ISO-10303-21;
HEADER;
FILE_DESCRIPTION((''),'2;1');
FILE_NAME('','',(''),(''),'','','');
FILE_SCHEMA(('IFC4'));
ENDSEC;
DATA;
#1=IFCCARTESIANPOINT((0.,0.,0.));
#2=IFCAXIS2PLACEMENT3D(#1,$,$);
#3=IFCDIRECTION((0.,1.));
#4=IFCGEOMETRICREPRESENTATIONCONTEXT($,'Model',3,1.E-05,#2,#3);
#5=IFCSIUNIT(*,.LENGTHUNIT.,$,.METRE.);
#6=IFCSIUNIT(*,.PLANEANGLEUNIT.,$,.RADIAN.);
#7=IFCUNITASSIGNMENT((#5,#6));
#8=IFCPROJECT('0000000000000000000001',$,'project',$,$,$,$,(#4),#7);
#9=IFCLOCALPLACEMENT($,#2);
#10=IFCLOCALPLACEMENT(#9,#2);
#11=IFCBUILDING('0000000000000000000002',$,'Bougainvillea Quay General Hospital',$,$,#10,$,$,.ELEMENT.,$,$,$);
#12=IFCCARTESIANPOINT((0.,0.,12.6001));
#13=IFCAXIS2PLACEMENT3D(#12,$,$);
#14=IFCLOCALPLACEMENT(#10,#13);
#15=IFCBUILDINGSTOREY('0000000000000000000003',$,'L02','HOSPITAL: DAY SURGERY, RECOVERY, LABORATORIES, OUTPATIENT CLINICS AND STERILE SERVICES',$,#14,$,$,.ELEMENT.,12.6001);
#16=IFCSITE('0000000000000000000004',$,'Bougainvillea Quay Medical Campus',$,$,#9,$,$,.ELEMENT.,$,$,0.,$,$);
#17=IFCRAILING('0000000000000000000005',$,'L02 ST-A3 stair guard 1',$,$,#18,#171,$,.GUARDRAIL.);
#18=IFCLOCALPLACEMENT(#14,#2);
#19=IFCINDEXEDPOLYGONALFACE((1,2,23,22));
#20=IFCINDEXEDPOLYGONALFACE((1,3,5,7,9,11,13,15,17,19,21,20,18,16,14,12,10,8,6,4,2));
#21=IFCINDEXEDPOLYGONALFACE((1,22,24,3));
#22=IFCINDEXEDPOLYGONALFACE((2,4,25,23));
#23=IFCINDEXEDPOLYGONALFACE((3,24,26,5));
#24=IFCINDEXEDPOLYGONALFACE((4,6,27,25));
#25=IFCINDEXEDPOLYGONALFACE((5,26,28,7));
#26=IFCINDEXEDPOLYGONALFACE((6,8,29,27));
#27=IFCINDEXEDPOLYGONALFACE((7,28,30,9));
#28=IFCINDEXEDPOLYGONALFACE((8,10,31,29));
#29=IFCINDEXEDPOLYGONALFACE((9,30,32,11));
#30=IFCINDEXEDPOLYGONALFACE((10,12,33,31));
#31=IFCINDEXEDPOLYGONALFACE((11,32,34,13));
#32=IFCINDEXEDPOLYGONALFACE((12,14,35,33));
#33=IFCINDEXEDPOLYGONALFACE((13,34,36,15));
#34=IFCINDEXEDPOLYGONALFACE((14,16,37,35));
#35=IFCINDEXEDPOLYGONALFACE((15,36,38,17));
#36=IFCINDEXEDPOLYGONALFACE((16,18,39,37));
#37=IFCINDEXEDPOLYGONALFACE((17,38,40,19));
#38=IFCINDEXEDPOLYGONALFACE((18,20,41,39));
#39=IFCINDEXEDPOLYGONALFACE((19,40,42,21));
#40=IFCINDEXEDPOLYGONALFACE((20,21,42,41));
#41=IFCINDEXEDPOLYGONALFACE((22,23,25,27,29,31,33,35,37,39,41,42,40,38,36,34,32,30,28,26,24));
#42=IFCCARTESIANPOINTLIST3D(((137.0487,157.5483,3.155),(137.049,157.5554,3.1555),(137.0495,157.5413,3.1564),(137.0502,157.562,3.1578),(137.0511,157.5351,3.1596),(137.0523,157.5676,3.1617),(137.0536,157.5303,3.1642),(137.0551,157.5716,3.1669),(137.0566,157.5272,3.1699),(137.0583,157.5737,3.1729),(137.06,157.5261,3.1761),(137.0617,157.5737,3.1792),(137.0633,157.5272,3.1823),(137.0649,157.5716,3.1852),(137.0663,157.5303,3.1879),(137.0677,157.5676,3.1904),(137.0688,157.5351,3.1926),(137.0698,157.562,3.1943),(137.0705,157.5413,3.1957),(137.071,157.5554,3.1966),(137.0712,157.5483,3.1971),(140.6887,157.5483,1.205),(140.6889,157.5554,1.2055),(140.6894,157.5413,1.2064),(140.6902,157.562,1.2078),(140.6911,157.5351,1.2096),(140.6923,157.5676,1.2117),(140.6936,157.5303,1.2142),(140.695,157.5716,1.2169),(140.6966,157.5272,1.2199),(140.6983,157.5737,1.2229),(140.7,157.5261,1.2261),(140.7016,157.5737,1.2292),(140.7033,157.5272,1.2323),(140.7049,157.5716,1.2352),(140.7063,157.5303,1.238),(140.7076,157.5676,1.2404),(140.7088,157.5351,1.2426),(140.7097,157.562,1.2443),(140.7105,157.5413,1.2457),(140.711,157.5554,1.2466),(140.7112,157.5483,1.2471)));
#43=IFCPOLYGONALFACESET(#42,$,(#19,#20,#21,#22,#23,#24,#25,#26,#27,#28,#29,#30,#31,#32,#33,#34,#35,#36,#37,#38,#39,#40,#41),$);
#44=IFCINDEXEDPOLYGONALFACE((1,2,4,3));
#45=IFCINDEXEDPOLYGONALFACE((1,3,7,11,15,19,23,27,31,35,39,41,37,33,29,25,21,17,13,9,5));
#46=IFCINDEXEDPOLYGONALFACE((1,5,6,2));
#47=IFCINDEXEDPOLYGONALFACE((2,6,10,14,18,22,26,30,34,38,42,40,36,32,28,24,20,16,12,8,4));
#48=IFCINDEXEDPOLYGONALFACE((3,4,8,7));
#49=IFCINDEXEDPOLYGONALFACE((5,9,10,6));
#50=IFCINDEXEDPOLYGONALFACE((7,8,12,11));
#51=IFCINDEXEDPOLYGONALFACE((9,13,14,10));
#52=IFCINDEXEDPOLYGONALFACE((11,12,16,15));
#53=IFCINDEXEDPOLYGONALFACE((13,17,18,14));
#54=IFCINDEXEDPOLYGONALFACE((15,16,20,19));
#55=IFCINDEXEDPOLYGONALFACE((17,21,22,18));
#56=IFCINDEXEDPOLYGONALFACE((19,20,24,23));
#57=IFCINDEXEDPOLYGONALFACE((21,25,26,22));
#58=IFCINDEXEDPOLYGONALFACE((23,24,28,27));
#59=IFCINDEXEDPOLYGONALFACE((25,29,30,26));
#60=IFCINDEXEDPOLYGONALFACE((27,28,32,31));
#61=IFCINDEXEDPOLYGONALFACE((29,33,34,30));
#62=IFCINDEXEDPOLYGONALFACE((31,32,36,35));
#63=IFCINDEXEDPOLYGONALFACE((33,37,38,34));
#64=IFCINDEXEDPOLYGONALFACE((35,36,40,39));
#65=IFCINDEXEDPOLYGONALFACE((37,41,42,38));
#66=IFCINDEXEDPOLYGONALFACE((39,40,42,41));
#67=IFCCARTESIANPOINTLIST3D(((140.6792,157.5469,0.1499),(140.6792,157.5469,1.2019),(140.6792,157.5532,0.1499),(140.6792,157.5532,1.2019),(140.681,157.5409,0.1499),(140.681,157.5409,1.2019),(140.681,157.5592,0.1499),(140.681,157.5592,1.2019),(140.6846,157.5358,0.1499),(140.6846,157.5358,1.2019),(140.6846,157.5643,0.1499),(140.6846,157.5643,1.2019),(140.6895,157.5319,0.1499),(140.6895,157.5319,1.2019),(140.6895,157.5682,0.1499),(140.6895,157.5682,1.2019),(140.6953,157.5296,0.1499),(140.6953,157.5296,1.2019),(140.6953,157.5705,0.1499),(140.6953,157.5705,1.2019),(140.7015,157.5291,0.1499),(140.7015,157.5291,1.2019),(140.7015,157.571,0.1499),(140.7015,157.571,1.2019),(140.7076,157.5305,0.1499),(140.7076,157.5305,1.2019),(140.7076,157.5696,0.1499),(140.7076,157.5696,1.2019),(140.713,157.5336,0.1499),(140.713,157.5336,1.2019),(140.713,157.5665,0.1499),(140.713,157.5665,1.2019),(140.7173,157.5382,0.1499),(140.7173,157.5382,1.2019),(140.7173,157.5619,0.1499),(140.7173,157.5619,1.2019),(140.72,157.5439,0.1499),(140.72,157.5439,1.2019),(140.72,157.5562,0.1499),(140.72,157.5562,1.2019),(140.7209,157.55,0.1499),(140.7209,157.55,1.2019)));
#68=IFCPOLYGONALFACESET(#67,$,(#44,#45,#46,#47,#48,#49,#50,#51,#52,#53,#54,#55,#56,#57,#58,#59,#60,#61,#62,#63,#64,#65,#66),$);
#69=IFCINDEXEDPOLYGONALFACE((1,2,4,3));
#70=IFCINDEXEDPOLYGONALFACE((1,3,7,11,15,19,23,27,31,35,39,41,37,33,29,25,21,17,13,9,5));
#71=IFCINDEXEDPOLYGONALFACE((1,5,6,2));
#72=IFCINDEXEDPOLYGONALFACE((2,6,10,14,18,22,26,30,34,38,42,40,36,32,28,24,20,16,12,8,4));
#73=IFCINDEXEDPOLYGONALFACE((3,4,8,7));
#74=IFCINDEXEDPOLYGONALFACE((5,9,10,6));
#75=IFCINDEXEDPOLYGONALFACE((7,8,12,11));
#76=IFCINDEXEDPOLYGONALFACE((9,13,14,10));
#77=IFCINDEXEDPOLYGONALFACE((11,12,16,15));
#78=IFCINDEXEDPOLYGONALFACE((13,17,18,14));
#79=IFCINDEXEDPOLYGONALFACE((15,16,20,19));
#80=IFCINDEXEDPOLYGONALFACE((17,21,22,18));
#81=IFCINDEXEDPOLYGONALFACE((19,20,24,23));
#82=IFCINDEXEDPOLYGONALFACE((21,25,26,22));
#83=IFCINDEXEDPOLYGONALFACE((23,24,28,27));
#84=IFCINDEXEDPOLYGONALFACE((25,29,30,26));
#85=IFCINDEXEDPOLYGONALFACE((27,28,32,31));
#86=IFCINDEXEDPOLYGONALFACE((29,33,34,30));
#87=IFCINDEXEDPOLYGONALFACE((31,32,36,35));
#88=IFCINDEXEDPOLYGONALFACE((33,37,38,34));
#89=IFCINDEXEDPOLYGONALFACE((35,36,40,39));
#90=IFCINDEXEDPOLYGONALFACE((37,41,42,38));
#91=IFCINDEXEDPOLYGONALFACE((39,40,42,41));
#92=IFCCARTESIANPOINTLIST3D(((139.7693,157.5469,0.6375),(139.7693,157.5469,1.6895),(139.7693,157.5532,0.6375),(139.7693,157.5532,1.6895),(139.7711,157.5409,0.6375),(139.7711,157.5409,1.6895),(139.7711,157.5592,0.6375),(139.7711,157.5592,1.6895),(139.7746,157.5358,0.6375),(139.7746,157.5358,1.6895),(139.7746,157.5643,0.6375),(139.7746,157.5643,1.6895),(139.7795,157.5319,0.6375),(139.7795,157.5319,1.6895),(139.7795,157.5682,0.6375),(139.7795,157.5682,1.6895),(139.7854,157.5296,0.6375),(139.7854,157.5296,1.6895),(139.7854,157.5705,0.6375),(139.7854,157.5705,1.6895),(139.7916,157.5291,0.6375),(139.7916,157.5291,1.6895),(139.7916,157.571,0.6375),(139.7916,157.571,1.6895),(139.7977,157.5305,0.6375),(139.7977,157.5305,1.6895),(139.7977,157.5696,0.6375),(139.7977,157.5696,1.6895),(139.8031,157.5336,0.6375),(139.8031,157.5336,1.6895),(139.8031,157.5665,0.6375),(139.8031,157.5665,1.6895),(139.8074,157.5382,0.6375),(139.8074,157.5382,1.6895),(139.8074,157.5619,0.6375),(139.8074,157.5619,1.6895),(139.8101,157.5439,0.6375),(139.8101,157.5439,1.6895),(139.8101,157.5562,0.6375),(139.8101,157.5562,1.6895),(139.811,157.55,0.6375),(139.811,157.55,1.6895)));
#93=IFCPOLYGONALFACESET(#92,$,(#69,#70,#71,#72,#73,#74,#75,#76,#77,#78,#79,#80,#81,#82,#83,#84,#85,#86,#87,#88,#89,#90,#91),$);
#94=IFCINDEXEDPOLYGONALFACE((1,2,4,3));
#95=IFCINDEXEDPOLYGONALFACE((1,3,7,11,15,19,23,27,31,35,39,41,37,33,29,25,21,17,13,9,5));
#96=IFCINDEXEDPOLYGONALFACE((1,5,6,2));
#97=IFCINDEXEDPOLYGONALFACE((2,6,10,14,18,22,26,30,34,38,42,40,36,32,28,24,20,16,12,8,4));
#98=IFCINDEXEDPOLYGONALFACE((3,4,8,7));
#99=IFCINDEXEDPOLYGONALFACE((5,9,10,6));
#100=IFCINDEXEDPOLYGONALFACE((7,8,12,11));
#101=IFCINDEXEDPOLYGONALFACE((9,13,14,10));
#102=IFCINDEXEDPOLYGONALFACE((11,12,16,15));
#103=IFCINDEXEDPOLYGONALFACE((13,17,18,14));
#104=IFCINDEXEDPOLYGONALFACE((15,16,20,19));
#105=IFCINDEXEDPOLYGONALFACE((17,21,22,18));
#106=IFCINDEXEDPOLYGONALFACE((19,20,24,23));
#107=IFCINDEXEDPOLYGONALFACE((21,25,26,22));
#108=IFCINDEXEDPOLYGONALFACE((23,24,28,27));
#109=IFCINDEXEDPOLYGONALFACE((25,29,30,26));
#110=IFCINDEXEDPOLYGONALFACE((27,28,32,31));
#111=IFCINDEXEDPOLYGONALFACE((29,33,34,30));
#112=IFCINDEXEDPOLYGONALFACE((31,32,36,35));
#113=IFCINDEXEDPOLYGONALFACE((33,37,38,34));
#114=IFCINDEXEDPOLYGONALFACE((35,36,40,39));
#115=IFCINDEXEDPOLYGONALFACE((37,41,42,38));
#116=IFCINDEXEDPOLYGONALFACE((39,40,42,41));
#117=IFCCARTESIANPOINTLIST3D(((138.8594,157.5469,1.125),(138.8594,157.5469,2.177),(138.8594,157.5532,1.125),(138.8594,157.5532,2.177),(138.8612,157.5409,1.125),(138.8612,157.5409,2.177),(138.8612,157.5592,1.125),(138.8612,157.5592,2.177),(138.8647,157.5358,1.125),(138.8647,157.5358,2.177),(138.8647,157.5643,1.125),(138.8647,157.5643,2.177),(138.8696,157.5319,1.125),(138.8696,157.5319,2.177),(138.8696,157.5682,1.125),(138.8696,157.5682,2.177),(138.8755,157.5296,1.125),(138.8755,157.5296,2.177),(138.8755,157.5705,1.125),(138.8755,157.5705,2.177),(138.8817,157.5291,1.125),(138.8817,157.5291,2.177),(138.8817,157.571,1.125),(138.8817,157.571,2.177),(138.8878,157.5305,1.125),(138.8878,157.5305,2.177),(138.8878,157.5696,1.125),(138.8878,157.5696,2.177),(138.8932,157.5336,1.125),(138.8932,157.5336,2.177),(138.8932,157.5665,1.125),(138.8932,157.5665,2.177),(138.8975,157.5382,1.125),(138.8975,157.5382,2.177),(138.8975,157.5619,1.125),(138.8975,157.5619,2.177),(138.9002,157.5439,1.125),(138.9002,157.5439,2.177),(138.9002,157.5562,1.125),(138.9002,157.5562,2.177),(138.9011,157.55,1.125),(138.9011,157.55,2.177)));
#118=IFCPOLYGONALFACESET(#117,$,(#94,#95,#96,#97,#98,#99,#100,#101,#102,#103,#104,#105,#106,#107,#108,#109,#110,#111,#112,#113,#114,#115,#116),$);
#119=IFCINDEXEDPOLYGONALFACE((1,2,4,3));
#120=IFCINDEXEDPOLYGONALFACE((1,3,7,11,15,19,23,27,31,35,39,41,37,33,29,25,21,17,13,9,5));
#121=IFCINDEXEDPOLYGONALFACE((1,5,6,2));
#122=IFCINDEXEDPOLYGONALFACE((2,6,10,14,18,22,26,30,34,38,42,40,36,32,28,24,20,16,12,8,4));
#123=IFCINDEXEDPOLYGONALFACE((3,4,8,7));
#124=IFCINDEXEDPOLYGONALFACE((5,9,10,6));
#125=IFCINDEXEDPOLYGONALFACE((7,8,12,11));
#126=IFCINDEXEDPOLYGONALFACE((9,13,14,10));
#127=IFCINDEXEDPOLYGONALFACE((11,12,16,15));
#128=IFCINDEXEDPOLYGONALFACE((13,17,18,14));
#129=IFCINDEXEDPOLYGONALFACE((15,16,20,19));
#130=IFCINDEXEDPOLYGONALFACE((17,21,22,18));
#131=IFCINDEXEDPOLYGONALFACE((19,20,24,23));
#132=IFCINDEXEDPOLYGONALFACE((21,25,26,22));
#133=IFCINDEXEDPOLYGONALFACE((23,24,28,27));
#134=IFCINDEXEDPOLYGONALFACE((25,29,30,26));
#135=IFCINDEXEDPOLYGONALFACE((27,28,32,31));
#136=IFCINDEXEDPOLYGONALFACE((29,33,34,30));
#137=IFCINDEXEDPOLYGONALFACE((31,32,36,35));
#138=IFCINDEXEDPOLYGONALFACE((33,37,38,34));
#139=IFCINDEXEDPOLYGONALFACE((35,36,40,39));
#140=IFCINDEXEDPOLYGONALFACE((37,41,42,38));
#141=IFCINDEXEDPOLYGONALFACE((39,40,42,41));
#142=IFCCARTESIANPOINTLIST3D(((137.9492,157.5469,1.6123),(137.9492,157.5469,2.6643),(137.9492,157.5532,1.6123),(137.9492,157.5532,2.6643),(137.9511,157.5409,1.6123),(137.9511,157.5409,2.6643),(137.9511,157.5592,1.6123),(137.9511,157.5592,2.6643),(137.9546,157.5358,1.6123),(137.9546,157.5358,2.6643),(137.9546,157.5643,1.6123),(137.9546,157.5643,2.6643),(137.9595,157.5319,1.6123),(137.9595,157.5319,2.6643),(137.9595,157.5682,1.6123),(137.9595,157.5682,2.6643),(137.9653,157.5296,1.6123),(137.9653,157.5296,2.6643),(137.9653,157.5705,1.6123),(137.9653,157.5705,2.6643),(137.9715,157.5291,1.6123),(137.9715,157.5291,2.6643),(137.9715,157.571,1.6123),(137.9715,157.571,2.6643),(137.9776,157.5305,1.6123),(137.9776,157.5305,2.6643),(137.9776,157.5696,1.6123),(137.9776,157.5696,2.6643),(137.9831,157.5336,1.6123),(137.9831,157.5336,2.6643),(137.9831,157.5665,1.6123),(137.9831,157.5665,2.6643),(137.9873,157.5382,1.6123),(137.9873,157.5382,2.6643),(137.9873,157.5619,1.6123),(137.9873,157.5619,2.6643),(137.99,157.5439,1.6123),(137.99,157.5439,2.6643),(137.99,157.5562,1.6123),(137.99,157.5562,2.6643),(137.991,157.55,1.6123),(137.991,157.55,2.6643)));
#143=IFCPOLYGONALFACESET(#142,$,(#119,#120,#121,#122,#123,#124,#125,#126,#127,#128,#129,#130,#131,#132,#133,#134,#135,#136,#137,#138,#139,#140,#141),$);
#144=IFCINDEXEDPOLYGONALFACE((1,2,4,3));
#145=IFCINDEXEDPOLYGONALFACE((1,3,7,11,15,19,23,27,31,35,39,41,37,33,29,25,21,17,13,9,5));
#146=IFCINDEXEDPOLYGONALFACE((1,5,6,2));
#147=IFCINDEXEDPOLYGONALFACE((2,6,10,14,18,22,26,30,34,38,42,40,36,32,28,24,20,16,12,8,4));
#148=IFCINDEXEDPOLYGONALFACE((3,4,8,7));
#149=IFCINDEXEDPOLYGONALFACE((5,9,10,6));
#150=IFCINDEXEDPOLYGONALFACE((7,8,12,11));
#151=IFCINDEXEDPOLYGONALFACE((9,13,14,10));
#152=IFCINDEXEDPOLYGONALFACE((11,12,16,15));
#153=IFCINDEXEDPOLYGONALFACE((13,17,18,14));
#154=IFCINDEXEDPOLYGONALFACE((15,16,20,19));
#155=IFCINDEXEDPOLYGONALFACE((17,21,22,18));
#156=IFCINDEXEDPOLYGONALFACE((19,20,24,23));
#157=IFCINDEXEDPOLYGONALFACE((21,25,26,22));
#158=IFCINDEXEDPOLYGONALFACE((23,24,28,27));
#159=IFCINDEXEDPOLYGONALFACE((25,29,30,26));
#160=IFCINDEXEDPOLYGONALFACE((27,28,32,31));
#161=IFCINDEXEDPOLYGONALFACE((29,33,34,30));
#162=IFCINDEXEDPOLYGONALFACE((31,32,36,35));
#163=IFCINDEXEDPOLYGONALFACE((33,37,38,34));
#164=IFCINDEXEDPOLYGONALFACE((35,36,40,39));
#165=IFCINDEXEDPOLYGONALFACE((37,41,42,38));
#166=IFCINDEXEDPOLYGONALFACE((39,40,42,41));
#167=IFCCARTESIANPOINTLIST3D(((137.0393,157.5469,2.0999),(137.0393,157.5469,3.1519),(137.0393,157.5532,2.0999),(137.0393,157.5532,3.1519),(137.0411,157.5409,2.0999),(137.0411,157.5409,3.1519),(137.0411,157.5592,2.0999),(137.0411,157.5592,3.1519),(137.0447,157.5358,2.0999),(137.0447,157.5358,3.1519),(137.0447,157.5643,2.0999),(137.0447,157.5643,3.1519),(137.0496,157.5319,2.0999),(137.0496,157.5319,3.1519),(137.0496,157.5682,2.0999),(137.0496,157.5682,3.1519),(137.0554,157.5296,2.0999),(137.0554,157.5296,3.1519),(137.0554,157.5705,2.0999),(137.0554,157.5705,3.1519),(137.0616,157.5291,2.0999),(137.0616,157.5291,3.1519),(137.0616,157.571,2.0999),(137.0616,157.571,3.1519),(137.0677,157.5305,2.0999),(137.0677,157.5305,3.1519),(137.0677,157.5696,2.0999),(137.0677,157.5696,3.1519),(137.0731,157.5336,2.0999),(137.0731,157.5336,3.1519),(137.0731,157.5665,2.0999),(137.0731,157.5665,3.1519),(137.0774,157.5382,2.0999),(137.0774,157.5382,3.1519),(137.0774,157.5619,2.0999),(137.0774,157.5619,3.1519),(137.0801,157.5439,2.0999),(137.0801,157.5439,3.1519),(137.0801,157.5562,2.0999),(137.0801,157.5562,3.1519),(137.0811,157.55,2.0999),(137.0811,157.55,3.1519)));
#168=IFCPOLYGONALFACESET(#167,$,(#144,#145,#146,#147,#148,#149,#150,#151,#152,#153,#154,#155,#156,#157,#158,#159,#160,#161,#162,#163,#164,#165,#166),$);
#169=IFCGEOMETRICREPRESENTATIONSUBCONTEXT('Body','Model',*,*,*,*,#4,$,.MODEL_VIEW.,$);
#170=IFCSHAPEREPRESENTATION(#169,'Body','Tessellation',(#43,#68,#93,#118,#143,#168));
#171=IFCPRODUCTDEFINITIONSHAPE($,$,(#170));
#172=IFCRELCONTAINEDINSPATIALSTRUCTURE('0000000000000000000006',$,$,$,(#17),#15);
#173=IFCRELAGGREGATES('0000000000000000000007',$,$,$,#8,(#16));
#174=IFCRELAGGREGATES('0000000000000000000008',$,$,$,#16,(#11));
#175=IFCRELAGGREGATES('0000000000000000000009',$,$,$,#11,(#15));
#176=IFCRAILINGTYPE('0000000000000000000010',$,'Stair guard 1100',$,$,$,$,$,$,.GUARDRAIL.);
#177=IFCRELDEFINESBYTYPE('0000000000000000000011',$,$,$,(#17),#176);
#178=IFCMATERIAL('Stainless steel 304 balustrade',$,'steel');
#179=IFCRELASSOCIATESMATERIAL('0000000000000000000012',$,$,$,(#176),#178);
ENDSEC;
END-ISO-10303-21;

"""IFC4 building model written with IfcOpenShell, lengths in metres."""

from ifc_helpers import new_model, si_unit, direction, frame, origin, origin_2d, place, context, subcontext, project, spatial, circle, extrude, material, type_object, element, save


model = new_model("IFC4")

# Units and contexts
model_context = context("Model", 3, precision=1e-05, world=origin(), true_north=direction((0.0, 1.0)))
body_context = subcontext(model_context, "Body", "Model", "MODEL_VIEW")
ifc_project = project(units=[si_unit("LENGTHUNIT", "METRE"), si_unit("PLANEANGLEUNIT", "RADIAN")], contexts=[model_context])

# Site, building, storey
site_placement = place(None, origin())
site = spatial("IfcSite", under=ifc_project, at=site_placement, Name="Bougainvillea Quay Medical Campus", CompositionType="ELEMENT", RefElevation=0.0)
building_placement = place(site_placement, origin())
building = spatial("IfcBuilding", under=site, at=building_placement, Name="Bougainvillea Quay General Hospital", CompositionType="ELEMENT")
storey_placement = place(building_placement, frame((0.0, 0.0, 12.6001)))
storey = spatial("IfcBuildingStorey", under=building, at=storey_placement, Name="L02", Description="HOSPITAL: DAY SURGERY, RECOVERY, LABORATORIES, OUTPATIENT CLINICS AND STERILE SERVICES", CompositionType="ELEMENT", Elevation=12.6001)

# Railing
ifc_material_1 = material(Name="Stainless steel 304 balustrade", Category="steel")
railing_type_1 = type_object("IfcRailingType", Name="Stair guard 1100", PredefinedType="GUARDRAIL", material=ifc_material_1)
railing_1_placement = place(storey_placement, frame((140.7, 157.55, 0.1499)))
element("IfcRailing", 1, at=railing_1_placement, inside=storey, type_object=railing_type_1, Name="L02 ST-A3 stair guard 1", PredefinedType="GUARDRAIL", context=body_context, shape_type="SweptSolid", body=[
    extrude(circle(Radius=0.0239, at=origin_2d()), frame((0.0, 0.0, 1.0762), z_axis=(-0.881479, 0.0, 0.472223), x_axis=(0.0, -1.0, 0.0)), (0.0, 0.0, 1.0), 4.1294),
    extrude(circle(Radius=0.021, at=origin_2d()), origin(), (0.0, 0.0, 1.0), 1.052),
    extrude(circle(Radius=0.021, at=origin_2d()), frame((-0.9099, 0.0, 0.4875)), (0.0, 0.0, 1.0), 1.052),
    extrude(circle(Radius=0.021, at=origin_2d()), frame((-1.8198, 0.0, 0.9751)), (0.0, 0.0, 1.0), 1.052),
    extrude(circle(Radius=0.021, at=origin_2d()), frame((-2.73, 0.0, 1.4624)), (0.0, 0.0, 1.0), 1.052),
    extrude(circle(Radius=0.021, at=origin_2d()), frame((-3.6399, 0.0, 1.95)), (0.0, 0.0, 1.0), 1.052),
])

save(model, "model.ifc")
